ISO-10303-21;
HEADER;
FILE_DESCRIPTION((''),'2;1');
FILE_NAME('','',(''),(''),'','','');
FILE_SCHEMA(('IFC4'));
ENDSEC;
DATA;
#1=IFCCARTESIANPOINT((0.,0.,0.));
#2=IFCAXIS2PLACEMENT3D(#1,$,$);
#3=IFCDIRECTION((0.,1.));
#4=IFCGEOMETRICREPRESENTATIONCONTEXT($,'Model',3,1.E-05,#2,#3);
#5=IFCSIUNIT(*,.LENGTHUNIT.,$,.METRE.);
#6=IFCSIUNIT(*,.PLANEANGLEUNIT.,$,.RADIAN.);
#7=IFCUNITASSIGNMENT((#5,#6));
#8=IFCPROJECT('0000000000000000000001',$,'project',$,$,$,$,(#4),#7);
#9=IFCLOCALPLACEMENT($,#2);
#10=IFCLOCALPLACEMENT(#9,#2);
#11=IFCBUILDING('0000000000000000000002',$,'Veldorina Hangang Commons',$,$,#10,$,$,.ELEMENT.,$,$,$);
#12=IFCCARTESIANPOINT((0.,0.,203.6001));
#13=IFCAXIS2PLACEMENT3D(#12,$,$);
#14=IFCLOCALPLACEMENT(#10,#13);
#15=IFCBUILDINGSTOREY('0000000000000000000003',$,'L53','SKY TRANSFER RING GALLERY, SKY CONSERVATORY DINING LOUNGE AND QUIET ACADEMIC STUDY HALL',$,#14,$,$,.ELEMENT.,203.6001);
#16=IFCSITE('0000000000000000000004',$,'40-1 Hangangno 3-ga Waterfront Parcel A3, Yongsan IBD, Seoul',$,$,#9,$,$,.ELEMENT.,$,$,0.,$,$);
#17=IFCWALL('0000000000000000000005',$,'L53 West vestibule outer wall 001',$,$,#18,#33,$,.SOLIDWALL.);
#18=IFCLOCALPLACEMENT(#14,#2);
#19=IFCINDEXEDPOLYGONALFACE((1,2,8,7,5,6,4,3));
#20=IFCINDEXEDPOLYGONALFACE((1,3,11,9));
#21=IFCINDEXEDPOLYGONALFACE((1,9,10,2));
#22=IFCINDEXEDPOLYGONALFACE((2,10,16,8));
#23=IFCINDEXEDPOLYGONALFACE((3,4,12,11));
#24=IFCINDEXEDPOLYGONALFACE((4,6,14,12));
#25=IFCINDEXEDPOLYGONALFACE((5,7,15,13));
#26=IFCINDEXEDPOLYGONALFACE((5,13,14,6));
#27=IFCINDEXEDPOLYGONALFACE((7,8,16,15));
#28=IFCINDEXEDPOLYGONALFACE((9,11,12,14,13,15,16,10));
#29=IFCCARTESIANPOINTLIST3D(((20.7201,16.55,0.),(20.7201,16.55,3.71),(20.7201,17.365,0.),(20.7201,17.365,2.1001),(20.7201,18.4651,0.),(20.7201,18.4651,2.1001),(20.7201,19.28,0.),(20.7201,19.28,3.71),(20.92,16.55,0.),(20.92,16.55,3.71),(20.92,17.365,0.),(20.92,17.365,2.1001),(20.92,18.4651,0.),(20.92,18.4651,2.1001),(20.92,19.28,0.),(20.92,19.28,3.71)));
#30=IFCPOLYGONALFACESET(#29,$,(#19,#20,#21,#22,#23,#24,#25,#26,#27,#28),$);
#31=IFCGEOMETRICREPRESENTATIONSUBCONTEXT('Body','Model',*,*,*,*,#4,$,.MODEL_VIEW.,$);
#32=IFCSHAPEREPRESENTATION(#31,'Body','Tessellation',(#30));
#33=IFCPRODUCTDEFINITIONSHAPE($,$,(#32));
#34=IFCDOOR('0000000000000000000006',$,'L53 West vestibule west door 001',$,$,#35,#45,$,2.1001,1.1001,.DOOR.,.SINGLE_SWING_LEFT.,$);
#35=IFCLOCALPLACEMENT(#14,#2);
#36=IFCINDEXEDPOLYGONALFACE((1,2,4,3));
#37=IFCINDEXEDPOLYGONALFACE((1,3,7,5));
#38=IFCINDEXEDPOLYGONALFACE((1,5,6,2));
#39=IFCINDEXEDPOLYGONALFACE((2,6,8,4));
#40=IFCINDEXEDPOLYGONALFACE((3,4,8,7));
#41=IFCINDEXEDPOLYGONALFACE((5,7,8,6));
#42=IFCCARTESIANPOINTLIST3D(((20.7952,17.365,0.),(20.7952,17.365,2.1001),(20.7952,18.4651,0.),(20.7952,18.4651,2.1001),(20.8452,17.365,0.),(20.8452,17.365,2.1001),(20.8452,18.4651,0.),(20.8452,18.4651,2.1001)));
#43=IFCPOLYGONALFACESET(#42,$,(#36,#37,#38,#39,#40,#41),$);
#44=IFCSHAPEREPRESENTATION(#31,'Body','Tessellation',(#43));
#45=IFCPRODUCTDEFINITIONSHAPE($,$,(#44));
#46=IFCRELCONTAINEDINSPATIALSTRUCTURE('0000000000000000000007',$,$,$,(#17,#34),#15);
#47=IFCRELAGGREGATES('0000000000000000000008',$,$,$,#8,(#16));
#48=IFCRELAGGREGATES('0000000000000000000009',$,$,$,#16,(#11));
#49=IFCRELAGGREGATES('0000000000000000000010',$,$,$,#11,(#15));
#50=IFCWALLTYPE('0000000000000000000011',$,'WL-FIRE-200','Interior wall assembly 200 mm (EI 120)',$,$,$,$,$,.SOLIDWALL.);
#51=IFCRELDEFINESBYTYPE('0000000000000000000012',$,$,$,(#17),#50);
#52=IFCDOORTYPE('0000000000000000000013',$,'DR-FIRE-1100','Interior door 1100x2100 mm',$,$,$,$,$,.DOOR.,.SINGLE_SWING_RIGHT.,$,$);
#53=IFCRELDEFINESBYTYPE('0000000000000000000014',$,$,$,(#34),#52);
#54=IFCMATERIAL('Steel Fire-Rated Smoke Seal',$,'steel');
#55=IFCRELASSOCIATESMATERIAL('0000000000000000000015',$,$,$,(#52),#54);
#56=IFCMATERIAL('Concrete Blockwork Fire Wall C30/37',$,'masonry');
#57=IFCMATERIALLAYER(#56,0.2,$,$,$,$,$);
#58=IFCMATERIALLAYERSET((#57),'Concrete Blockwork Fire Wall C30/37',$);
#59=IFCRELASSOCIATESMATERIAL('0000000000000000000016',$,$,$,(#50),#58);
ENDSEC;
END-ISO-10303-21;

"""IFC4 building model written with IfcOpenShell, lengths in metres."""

from ifc_helpers import new_model, si_unit, direction, frame, frame_2d, origin, place, context, subcontext, project, spatial, rectangle, extrude, material, layer, layer_set, type_object, element, fill, save


model = new_model("IFC4")

# Units and contexts
model_context = context("Model", 3, precision=1e-05, world=origin(), true_north=direction((0.0, 1.0)))
body_context = subcontext(model_context, "Body", "Model", "MODEL_VIEW")
ifc_project = project(units=[si_unit("LENGTHUNIT", "METRE"), si_unit("PLANEANGLEUNIT", "RADIAN")], contexts=[model_context])

# Site, building, storey
site_placement = place(None, origin())
site = spatial("IfcSite", under=ifc_project, at=site_placement, Name="40-1 Hangangno 3-ga Waterfront Parcel A3, Yongsan IBD, Seoul", CompositionType="ELEMENT", RefElevation=0.0)
building_placement = place(site_placement, origin())
building = spatial("IfcBuilding", under=site, at=building_placement, Name="Veldorina Hangang Commons", CompositionType="ELEMENT")
storey_placement = place(building_placement, frame((0.0, 0.0, 203.6001)))
storey = spatial("IfcBuildingStorey", under=building, at=storey_placement, Name="L53", Description="SKY TRANSFER RING GALLERY, SKY CONSERVATORY DINING LOUNGE AND QUIET ACADEMIC STUDY HALL", CompositionType="ELEMENT", Elevation=203.6001)

# Shared definitions
ifc_material_1 = material(Name="Steel Fire-Rated Smoke Seal", Category="steel")
door_type = type_object("IfcDoorType", Name="DR-FIRE-1100", Description="Interior door 1100x2100 mm", OperationType="SINGLE_SWING_RIGHT", PredefinedType="DOOR", material=ifc_material_1)

# Wall, opening, door
ifc_material_2 = material(Name="Concrete Blockwork Fire Wall C30/37", Category="masonry")
ifc_layer_1 = layer(ifc_material_2, 0.2)
ifc_layer_set_1 = layer_set([ifc_layer_1], Name="Concrete Blockwork Fire Wall C30/37")
wall_type_1 = type_object("IfcWallType", Name="WL-FIRE-200", Description="Interior wall assembly 200 mm (EI 120)", PredefinedType="SOLIDWALL", material=ifc_layer_set_1)
wall_1_placement = place(storey_placement, frame((20.8201, 16.55, 0.0), z_axis=(0.0, 0.0, 1.0), x_axis=(0.0, 1.0, 0.0)))
wall_1 = element("IfcWall", 1, at=wall_1_placement, inside=storey, type_object=wall_type_1, Name="L53 West vestibule outer wall 001", PredefinedType="SOLIDWALL", context=body_context, shape_type="SweptSolid", body=[
    extrude(rectangle(XDim=2.73, YDim=0.2, at=frame_2d((1.365, 0.0))), origin(), (0.0, 0.0, 1.0), 3.71),
])
opening_1_placement = place(wall_1_placement, frame((0.8149, 0.0, 0.0)))
opening_1 = element("IfcOpeningElement", 2, at=opening_1_placement, cuts=wall_1, PredefinedType="OPENING", context=body_context, shape_type="SweptSolid", body=[
    extrude(rectangle(XDim=1.1001, YDim=2.1001, at=frame_2d((0.55, 1.05))), frame((0.0, 0.1099, 0.0), z_axis=(0.0, -1.0, 0.0), x_axis=(1.0, 0.0, 0.0)), (0.0, 0.0, 1.0), 0.22),
])
door_1_placement = place(opening_1_placement, origin())
door_1 = element("IfcDoor", 3, at=door_1_placement, inside=storey, type_object=door_type, Name="L53 West vestibule west door 001", OperationType="SINGLE_SWING_LEFT", OverallHeight=2.1001, OverallWidth=1.1001, PredefinedType="DOOR", context=body_context, shape_type="SweptSolid", body=[
    extrude(rectangle(XDim=1.1001, YDim=2.1001, at=frame_2d((0.55, 1.05))), frame((0.0, 0.0249, 0.0), z_axis=(0.0, -1.0, 0.0), x_axis=(1.0, 0.0, 0.0)), (0.0, 0.0, 1.0), 0.05),
])
fill(opening_1, door_1)

save(model, "model.ifc")
